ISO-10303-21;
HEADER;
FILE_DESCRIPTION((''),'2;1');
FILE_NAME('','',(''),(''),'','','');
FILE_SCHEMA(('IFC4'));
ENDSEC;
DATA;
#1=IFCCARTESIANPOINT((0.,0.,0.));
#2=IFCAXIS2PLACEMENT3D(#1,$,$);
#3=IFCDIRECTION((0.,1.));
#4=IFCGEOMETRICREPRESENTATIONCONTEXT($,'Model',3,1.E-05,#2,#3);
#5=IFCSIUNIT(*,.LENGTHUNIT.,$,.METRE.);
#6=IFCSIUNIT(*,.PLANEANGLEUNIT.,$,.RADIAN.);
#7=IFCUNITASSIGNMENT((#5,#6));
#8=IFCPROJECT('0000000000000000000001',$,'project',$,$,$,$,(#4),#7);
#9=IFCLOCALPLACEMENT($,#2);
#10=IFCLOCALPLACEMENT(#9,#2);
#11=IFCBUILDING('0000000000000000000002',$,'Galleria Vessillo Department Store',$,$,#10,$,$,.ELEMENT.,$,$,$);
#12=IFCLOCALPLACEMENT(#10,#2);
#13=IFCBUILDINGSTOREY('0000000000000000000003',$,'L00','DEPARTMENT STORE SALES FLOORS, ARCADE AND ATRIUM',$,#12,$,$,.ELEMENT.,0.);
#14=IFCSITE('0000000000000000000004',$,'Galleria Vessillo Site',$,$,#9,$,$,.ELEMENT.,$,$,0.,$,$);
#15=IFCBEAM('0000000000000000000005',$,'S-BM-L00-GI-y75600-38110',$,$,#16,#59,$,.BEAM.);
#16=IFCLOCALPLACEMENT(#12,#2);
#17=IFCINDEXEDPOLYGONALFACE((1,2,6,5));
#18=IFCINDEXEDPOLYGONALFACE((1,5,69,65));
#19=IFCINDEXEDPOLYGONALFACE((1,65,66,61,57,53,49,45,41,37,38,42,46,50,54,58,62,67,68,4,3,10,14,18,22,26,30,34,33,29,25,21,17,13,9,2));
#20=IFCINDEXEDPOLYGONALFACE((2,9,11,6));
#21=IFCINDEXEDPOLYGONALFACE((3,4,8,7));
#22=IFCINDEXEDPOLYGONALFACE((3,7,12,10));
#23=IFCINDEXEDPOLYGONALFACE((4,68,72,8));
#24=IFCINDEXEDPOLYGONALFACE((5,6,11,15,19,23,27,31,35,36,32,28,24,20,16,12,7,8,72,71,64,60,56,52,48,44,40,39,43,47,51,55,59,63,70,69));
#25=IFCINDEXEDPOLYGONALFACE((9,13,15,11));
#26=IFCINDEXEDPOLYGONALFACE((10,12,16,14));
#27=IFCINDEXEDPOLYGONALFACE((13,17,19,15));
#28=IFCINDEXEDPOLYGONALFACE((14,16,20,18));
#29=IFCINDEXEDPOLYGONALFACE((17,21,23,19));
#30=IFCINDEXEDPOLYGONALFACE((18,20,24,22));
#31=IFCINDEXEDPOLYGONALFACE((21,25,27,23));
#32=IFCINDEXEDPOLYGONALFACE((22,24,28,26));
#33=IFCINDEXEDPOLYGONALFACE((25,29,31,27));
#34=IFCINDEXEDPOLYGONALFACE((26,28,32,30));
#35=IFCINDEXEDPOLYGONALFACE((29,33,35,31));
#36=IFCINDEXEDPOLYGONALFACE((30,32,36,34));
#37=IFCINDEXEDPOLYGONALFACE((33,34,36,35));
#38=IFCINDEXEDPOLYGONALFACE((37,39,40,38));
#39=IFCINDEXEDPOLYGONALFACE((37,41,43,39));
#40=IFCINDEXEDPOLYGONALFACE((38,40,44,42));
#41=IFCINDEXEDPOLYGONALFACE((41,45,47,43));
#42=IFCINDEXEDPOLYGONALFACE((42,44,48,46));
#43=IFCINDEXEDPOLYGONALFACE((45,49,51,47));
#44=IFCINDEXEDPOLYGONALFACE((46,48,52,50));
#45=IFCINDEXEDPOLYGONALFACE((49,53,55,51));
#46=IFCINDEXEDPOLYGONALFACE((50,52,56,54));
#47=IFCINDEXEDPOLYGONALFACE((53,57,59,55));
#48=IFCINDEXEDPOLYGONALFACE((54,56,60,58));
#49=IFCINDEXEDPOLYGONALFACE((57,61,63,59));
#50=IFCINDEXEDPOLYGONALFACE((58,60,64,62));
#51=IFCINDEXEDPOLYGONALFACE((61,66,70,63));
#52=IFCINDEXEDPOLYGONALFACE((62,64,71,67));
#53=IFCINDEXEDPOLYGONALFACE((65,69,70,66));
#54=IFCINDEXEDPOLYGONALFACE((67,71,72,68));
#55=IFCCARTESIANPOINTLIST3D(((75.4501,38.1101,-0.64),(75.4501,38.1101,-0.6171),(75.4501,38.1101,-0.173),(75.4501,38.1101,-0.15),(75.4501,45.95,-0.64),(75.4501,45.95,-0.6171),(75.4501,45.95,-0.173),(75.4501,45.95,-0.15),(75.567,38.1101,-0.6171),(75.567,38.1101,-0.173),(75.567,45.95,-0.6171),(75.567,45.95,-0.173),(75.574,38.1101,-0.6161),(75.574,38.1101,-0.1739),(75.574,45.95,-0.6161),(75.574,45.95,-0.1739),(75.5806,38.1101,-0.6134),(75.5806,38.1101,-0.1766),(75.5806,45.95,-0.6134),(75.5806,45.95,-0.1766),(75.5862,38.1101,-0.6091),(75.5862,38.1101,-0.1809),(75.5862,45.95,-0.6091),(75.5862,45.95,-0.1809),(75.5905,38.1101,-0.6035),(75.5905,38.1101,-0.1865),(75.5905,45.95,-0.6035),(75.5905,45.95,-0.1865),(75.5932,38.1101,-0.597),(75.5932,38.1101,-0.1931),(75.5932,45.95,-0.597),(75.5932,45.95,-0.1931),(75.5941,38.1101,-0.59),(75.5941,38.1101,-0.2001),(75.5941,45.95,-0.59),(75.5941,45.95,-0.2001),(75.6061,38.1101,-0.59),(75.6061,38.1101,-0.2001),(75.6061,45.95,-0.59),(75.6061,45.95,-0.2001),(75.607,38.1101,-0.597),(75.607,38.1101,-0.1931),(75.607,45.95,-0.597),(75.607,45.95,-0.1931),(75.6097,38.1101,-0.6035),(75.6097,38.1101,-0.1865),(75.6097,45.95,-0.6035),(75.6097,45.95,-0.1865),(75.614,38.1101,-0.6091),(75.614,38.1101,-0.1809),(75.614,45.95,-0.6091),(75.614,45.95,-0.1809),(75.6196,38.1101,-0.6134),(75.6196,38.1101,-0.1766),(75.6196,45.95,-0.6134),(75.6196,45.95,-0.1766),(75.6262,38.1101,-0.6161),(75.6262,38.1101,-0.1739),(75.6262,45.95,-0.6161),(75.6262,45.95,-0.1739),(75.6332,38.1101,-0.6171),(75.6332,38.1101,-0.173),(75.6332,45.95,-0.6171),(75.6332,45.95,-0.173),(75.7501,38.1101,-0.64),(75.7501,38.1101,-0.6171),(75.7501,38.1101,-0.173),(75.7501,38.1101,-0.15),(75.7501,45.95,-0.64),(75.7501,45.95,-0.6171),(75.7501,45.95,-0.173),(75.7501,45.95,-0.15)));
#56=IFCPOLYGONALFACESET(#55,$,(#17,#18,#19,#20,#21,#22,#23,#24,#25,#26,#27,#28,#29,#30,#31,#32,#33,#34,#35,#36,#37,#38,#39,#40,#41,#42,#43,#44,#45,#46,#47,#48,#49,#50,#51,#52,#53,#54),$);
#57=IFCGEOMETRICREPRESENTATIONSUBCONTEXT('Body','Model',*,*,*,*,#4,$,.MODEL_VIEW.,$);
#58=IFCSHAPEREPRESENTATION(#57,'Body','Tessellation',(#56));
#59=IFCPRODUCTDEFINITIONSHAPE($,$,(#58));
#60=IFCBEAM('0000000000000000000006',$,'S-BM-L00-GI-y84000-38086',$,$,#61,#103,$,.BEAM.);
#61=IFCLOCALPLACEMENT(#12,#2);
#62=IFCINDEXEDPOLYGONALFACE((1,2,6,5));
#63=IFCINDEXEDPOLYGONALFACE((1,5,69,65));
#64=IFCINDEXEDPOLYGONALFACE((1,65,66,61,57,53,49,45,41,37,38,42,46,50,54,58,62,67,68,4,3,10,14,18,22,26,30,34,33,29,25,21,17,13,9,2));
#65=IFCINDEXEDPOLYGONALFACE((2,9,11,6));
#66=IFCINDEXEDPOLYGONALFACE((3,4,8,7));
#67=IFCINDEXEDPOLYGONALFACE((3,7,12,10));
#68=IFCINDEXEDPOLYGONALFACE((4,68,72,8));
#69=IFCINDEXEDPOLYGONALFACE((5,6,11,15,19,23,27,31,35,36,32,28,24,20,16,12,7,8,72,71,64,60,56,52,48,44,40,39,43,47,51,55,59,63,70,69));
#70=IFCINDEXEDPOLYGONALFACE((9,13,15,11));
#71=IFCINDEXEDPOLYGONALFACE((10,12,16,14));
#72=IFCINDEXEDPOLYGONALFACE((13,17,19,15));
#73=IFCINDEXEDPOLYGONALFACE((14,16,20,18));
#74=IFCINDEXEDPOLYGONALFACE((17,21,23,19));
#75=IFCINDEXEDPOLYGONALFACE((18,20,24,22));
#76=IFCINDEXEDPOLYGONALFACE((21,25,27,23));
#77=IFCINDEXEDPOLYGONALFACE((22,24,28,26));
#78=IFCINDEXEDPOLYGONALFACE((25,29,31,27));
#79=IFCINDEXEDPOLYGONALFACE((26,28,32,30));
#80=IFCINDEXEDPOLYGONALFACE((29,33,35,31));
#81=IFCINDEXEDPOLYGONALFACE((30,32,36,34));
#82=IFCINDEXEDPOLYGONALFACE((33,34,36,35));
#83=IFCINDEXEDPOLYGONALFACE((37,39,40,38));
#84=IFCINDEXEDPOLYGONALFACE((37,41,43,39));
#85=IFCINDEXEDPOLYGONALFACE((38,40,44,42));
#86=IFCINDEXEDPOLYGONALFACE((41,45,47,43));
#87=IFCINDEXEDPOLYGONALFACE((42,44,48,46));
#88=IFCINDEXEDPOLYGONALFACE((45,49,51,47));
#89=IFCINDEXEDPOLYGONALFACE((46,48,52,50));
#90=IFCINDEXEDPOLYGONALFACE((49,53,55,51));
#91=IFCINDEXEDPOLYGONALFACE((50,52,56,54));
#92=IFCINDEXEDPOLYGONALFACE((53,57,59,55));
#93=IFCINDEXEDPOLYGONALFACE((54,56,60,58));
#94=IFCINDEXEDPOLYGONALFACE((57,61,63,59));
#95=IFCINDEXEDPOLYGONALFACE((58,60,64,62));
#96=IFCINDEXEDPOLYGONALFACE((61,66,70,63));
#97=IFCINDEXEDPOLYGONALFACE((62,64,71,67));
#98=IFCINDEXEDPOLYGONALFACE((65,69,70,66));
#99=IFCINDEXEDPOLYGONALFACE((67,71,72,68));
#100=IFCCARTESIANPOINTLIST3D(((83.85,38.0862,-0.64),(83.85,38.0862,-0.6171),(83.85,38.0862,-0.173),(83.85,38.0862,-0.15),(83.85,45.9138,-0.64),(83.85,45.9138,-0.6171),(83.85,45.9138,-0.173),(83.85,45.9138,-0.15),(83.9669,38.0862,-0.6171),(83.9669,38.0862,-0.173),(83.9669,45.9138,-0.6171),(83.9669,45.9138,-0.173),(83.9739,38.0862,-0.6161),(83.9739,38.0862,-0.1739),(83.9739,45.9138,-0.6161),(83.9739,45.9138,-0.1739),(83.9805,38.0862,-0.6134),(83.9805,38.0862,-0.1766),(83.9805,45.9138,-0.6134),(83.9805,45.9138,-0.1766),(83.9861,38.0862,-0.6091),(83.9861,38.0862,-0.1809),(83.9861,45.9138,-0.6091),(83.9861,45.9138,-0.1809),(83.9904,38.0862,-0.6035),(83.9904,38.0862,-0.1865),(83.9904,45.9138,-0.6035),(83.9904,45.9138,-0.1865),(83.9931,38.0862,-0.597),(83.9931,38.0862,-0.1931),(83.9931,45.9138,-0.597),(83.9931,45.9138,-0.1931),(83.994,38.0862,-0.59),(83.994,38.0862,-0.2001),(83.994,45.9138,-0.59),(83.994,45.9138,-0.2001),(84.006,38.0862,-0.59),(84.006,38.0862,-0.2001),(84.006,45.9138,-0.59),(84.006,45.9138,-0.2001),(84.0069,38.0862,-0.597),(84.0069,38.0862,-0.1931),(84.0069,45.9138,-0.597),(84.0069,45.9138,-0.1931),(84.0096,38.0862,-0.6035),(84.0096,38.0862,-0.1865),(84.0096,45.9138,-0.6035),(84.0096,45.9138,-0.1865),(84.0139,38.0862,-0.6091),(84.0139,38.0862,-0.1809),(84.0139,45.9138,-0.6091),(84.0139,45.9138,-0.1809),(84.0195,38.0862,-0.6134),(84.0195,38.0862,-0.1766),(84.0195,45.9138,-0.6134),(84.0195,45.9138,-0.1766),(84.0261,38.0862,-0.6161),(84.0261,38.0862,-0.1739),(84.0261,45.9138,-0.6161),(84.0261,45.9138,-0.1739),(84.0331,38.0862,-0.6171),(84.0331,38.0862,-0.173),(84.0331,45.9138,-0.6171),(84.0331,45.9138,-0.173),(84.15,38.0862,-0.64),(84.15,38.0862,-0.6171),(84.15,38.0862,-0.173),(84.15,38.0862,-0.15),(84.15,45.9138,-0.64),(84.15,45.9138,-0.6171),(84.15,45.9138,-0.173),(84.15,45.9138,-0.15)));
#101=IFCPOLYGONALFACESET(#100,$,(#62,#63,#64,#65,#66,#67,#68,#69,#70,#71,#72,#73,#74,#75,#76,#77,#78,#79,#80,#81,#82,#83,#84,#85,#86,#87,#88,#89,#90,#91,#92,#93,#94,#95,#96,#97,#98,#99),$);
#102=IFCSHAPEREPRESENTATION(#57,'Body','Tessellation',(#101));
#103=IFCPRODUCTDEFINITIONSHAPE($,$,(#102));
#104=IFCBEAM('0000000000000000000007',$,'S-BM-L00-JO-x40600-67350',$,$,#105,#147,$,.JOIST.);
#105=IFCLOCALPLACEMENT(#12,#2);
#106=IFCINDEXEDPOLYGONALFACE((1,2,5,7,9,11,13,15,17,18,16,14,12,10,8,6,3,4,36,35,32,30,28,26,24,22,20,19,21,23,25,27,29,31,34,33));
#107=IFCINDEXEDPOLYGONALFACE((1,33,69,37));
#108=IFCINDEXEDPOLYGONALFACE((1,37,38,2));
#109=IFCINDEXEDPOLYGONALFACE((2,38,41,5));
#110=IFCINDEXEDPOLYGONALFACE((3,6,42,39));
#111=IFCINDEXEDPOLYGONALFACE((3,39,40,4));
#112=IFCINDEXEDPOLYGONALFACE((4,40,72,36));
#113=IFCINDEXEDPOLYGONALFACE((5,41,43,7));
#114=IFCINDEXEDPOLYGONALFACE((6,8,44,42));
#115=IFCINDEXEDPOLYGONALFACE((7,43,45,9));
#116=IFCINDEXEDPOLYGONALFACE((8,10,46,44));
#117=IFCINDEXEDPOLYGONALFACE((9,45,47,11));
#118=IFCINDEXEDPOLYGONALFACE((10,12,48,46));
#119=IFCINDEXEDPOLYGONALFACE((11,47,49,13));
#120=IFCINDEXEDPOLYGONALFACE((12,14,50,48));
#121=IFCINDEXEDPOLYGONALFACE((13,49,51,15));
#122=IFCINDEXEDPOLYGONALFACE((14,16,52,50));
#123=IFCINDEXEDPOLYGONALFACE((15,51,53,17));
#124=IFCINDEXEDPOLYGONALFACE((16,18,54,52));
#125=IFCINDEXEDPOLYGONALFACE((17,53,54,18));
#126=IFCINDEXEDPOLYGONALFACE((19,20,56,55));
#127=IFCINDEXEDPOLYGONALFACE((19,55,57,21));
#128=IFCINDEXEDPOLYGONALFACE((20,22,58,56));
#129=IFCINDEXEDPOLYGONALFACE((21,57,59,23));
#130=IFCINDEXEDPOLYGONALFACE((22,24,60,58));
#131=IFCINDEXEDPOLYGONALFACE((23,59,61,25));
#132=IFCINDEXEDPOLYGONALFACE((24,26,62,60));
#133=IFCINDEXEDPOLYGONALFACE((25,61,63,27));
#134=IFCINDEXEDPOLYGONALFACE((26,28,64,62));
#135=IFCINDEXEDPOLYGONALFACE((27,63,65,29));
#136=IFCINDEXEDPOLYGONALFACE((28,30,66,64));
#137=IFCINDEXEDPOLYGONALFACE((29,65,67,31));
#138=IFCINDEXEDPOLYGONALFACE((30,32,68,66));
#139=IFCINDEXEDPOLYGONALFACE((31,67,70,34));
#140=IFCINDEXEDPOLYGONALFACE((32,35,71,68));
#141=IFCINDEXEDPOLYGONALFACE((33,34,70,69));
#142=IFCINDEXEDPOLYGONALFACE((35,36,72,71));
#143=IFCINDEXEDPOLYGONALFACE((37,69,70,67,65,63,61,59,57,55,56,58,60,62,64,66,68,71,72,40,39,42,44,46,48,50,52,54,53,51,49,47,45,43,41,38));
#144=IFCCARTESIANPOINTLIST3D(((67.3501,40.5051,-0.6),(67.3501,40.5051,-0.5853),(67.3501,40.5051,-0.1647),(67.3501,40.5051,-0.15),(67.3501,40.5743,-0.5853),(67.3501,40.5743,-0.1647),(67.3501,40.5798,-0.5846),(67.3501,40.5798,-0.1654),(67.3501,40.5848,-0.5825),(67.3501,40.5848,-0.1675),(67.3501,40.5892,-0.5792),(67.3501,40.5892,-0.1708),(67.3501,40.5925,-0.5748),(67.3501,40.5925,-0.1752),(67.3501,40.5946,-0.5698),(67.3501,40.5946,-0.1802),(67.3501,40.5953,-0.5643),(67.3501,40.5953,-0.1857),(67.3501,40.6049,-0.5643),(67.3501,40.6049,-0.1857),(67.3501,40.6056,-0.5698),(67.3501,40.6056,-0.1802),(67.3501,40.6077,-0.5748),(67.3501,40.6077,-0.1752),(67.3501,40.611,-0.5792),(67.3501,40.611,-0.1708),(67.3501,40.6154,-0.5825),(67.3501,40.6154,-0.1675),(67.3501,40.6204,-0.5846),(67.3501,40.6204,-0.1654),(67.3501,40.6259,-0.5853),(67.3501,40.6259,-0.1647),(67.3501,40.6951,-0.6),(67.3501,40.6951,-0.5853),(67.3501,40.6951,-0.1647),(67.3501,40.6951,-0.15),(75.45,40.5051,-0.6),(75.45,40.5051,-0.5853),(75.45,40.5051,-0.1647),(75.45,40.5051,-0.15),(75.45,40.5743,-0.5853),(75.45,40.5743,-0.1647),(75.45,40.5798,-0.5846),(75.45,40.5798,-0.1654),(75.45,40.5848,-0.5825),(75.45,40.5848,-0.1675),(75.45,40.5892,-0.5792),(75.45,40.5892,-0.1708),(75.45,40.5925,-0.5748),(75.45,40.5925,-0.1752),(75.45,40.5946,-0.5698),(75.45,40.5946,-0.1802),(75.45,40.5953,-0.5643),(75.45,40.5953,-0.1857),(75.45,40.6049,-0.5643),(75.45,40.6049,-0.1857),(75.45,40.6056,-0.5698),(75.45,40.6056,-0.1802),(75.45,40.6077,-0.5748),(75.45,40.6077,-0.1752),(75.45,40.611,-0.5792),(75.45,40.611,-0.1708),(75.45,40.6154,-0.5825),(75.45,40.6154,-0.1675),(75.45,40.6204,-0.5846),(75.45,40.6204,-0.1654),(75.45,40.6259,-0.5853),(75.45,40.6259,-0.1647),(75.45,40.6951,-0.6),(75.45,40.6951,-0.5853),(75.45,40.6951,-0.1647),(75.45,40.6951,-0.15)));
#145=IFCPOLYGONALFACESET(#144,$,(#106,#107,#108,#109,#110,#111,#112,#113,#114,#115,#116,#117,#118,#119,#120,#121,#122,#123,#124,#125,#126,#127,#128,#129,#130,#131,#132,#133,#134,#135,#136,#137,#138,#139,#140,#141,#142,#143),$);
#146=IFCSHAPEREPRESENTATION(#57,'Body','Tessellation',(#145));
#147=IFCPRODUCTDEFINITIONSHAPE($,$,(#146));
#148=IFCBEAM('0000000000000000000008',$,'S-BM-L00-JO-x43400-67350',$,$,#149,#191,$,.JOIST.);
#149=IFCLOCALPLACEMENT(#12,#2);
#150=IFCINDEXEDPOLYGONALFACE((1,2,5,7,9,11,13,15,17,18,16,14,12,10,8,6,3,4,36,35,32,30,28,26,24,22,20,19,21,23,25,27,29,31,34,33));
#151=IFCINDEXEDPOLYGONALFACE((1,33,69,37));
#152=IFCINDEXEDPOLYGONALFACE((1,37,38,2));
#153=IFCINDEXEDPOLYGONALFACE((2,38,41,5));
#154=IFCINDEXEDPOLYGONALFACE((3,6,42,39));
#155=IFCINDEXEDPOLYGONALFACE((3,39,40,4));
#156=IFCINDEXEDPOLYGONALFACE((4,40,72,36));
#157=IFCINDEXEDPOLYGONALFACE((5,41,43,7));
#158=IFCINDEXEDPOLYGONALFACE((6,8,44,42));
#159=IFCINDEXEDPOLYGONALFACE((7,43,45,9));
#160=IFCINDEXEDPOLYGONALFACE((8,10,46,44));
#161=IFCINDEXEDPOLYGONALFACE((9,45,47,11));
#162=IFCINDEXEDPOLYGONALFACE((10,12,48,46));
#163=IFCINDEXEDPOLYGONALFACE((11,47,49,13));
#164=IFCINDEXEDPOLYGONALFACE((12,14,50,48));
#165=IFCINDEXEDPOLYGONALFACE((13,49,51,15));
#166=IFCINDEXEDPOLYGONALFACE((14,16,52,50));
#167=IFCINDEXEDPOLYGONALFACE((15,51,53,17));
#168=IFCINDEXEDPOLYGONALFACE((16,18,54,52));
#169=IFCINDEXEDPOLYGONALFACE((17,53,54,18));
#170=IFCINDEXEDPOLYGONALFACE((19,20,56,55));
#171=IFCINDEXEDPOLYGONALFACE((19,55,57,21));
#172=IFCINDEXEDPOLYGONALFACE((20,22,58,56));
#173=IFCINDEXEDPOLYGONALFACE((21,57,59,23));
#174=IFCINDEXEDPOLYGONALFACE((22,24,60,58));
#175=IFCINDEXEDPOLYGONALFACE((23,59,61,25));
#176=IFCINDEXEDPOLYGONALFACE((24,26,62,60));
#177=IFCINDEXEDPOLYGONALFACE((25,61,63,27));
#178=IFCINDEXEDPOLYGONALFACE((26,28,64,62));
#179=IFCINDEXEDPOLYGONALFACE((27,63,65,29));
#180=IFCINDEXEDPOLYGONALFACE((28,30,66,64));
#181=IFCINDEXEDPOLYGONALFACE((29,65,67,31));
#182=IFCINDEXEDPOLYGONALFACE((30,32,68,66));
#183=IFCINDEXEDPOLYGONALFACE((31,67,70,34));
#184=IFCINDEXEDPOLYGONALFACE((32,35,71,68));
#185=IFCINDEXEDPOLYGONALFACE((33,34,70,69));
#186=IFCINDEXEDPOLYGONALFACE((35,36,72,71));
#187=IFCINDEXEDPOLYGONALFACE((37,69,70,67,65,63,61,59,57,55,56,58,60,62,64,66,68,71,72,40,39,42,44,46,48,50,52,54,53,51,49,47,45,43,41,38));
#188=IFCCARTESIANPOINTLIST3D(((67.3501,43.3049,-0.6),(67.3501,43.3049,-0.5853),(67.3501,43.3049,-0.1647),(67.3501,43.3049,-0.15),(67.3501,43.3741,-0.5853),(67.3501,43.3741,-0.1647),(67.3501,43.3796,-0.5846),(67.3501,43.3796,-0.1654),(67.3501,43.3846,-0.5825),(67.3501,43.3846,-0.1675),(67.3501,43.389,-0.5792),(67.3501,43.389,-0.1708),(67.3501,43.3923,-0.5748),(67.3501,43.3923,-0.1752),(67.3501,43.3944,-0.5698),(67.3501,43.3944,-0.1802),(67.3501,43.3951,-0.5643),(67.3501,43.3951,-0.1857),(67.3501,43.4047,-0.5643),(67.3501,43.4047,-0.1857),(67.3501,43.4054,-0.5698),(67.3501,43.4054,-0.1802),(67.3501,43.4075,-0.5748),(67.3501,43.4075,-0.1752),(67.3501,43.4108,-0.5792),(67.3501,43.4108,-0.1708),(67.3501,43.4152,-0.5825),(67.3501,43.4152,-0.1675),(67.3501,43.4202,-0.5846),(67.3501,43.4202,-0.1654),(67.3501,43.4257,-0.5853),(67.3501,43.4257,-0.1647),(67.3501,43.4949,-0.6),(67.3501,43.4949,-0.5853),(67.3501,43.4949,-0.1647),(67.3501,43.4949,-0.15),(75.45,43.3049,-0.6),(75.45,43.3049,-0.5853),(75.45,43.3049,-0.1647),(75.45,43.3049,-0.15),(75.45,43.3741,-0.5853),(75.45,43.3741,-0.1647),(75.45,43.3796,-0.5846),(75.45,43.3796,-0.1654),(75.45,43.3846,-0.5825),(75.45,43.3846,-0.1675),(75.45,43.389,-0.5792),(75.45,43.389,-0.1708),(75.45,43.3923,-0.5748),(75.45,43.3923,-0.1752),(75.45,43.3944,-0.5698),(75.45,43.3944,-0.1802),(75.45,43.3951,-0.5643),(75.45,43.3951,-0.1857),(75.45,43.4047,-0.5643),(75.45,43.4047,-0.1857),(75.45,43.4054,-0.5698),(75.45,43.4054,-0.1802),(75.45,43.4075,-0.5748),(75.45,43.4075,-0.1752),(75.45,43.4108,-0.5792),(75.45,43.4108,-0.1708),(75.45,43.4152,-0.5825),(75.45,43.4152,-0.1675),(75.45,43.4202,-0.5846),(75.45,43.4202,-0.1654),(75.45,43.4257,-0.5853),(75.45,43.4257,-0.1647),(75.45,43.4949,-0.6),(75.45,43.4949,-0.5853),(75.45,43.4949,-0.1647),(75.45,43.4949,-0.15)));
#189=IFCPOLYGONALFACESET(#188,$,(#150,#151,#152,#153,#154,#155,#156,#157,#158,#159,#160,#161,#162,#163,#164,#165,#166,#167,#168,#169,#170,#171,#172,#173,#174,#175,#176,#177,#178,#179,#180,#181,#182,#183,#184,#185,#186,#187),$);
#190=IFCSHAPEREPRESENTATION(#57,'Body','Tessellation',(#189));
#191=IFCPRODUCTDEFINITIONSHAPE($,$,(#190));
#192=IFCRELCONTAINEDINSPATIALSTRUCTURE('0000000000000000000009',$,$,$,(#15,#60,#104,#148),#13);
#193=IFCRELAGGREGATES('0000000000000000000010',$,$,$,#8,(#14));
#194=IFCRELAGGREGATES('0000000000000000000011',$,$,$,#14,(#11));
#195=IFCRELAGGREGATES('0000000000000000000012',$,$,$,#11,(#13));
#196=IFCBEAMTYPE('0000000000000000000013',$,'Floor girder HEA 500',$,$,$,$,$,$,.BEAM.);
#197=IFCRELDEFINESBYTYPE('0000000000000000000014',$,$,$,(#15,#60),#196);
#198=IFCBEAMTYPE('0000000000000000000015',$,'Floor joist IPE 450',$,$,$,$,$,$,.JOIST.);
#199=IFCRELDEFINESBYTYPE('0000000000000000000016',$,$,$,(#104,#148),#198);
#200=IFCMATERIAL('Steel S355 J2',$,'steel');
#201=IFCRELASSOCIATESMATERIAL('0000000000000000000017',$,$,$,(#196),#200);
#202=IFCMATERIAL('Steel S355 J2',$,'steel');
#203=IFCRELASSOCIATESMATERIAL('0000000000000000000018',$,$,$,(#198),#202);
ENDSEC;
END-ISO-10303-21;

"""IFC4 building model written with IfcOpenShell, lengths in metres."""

from ifc_helpers import new_model, si_unit, direction, frame, origin, origin_2d, place, context, subcontext, project, spatial, i_section, extrude, material, material_profile, profile_set, type_object, element, save


model = new_model("IFC4")

# Units and contexts
model_context = context("Model", 3, precision=1e-05, world=origin(), true_north=direction((0.0, 1.0)))
body_context = subcontext(model_context, "Body", "Model", "MODEL_VIEW")
ifc_project = project(units=[si_unit("LENGTHUNIT", "METRE"), si_unit("PLANEANGLEUNIT", "RADIAN")], contexts=[model_context])

# Site, building, storey
site_placement = place(None, origin())
site = spatial("IfcSite", under=ifc_project, at=site_placement, Name="Galleria Vessillo Site", CompositionType="ELEMENT", RefElevation=0.0)
building_placement = place(site_placement, origin())
building = spatial("IfcBuilding", under=site, at=building_placement, Name="Galleria Vessillo Department Store", CompositionType="ELEMENT")
storey_placement = place(building_placement, origin())
storey = spatial("IfcBuildingStorey", under=building, at=storey_placement, Name="L00", Description="DEPARTMENT STORE SALES FLOORS, ARCADE AND ATRIUM", CompositionType="ELEMENT", Elevation=0.0)

# Beams
ifc_material_1 = material(Name="Steel S355 J2", Category="steel")
ifc_material_profile_1 = material_profile(ifc_material_1, i_section(OverallWidth=0.3, OverallDepth=0.49, WebThickness=0.012, FlangeThickness=0.0229, FilletRadius=0.0271, at=origin_2d()), Name="HEA 500")
ifc_profile_set_1 = profile_set([ifc_material_profile_1], Name="Steel S355 J2")
beam_type_1 = type_object("IfcBeamType", Name="Floor girder HEA 500", PredefinedType="BEAM", material=ifc_profile_set_1)
beam_1_placement = place(storey_placement, frame((75.6001, 38.1101, -0.395), z_axis=(0.0, 1.0, 0.0), x_axis=(-1.0, 0.0, 0.0)))
element("IfcBeam", 1, at=beam_1_placement, inside=storey, type_object=beam_type_1, Name="S-BM-L00-GI-y75600-38110", PredefinedType="BEAM", context=body_context, shape_type="SweptSolid", body=[
    extrude(i_section(OverallWidth=0.3, OverallDepth=0.49, WebThickness=0.012, FlangeThickness=0.0229, FilletRadius=0.0271, at=origin_2d()), origin(), (0.0, 0.0, 1.0), 7.8398),
])
beam_2_placement = place(storey_placement, frame((84.0, 38.0862, -0.395), z_axis=(0.0, 1.0, 0.0), x_axis=(-1.0, 0.0, 0.0)))
element("IfcBeam", 2, at=beam_2_placement, inside=storey, type_object=beam_type_1, Name="S-BM-L00-GI-y84000-38086", PredefinedType="BEAM", context=body_context, shape_type="SweptSolid", body=[
    extrude(i_section(OverallWidth=0.3, OverallDepth=0.49, WebThickness=0.012, FlangeThickness=0.0229, FilletRadius=0.0271, at=origin_2d()), origin(), (0.0, 0.0, 1.0), 7.8276),
])
ifc_material_2 = material(Name="Steel S355 J2", Category="steel")
ifc_material_profile_2 = material_profile(ifc_material_2, i_section(OverallWidth=0.1899, OverallDepth=0.45, WebThickness=0.0095, FlangeThickness=0.0146, FilletRadius=0.021, at=origin_2d()), Name="IPE 450")
ifc_profile_set_2 = profile_set([ifc_material_profile_2], Name="Steel S355 J2")
beam_type_2 = type_object("IfcBeamType", Name="Floor joist IPE 450", PredefinedType="JOIST", material=ifc_profile_set_2)
for number, where, z_axis, x_axis, name in (
    (3, (67.3501, 40.6001, -0.375), (1.0, 0.0, 0.0), (0.0, 1.0, 0.0), "S-BM-L00-JO-x40600-67350"),
    (4, (67.3501, 43.3999, -0.375), (1.0, 0.0, 0.0), (0.0, 1.0, 0.0), "S-BM-L00-JO-x43400-67350"),
):
    element("IfcBeam", number, at=place(storey_placement, frame(where, z_axis=z_axis, x_axis=x_axis)), inside=storey, type_object=beam_type_2, Name=name, PredefinedType="JOIST", context=body_context, shape_type="SweptSolid", body=[
        extrude(i_section(OverallWidth=0.1899, OverallDepth=0.45, WebThickness=0.0095, FlangeThickness=0.0146, FilletRadius=0.021, at=origin_2d()), origin(), (0.0, 0.0, 1.0), 8.0999),
    ])

save(model, "model.ifc")
